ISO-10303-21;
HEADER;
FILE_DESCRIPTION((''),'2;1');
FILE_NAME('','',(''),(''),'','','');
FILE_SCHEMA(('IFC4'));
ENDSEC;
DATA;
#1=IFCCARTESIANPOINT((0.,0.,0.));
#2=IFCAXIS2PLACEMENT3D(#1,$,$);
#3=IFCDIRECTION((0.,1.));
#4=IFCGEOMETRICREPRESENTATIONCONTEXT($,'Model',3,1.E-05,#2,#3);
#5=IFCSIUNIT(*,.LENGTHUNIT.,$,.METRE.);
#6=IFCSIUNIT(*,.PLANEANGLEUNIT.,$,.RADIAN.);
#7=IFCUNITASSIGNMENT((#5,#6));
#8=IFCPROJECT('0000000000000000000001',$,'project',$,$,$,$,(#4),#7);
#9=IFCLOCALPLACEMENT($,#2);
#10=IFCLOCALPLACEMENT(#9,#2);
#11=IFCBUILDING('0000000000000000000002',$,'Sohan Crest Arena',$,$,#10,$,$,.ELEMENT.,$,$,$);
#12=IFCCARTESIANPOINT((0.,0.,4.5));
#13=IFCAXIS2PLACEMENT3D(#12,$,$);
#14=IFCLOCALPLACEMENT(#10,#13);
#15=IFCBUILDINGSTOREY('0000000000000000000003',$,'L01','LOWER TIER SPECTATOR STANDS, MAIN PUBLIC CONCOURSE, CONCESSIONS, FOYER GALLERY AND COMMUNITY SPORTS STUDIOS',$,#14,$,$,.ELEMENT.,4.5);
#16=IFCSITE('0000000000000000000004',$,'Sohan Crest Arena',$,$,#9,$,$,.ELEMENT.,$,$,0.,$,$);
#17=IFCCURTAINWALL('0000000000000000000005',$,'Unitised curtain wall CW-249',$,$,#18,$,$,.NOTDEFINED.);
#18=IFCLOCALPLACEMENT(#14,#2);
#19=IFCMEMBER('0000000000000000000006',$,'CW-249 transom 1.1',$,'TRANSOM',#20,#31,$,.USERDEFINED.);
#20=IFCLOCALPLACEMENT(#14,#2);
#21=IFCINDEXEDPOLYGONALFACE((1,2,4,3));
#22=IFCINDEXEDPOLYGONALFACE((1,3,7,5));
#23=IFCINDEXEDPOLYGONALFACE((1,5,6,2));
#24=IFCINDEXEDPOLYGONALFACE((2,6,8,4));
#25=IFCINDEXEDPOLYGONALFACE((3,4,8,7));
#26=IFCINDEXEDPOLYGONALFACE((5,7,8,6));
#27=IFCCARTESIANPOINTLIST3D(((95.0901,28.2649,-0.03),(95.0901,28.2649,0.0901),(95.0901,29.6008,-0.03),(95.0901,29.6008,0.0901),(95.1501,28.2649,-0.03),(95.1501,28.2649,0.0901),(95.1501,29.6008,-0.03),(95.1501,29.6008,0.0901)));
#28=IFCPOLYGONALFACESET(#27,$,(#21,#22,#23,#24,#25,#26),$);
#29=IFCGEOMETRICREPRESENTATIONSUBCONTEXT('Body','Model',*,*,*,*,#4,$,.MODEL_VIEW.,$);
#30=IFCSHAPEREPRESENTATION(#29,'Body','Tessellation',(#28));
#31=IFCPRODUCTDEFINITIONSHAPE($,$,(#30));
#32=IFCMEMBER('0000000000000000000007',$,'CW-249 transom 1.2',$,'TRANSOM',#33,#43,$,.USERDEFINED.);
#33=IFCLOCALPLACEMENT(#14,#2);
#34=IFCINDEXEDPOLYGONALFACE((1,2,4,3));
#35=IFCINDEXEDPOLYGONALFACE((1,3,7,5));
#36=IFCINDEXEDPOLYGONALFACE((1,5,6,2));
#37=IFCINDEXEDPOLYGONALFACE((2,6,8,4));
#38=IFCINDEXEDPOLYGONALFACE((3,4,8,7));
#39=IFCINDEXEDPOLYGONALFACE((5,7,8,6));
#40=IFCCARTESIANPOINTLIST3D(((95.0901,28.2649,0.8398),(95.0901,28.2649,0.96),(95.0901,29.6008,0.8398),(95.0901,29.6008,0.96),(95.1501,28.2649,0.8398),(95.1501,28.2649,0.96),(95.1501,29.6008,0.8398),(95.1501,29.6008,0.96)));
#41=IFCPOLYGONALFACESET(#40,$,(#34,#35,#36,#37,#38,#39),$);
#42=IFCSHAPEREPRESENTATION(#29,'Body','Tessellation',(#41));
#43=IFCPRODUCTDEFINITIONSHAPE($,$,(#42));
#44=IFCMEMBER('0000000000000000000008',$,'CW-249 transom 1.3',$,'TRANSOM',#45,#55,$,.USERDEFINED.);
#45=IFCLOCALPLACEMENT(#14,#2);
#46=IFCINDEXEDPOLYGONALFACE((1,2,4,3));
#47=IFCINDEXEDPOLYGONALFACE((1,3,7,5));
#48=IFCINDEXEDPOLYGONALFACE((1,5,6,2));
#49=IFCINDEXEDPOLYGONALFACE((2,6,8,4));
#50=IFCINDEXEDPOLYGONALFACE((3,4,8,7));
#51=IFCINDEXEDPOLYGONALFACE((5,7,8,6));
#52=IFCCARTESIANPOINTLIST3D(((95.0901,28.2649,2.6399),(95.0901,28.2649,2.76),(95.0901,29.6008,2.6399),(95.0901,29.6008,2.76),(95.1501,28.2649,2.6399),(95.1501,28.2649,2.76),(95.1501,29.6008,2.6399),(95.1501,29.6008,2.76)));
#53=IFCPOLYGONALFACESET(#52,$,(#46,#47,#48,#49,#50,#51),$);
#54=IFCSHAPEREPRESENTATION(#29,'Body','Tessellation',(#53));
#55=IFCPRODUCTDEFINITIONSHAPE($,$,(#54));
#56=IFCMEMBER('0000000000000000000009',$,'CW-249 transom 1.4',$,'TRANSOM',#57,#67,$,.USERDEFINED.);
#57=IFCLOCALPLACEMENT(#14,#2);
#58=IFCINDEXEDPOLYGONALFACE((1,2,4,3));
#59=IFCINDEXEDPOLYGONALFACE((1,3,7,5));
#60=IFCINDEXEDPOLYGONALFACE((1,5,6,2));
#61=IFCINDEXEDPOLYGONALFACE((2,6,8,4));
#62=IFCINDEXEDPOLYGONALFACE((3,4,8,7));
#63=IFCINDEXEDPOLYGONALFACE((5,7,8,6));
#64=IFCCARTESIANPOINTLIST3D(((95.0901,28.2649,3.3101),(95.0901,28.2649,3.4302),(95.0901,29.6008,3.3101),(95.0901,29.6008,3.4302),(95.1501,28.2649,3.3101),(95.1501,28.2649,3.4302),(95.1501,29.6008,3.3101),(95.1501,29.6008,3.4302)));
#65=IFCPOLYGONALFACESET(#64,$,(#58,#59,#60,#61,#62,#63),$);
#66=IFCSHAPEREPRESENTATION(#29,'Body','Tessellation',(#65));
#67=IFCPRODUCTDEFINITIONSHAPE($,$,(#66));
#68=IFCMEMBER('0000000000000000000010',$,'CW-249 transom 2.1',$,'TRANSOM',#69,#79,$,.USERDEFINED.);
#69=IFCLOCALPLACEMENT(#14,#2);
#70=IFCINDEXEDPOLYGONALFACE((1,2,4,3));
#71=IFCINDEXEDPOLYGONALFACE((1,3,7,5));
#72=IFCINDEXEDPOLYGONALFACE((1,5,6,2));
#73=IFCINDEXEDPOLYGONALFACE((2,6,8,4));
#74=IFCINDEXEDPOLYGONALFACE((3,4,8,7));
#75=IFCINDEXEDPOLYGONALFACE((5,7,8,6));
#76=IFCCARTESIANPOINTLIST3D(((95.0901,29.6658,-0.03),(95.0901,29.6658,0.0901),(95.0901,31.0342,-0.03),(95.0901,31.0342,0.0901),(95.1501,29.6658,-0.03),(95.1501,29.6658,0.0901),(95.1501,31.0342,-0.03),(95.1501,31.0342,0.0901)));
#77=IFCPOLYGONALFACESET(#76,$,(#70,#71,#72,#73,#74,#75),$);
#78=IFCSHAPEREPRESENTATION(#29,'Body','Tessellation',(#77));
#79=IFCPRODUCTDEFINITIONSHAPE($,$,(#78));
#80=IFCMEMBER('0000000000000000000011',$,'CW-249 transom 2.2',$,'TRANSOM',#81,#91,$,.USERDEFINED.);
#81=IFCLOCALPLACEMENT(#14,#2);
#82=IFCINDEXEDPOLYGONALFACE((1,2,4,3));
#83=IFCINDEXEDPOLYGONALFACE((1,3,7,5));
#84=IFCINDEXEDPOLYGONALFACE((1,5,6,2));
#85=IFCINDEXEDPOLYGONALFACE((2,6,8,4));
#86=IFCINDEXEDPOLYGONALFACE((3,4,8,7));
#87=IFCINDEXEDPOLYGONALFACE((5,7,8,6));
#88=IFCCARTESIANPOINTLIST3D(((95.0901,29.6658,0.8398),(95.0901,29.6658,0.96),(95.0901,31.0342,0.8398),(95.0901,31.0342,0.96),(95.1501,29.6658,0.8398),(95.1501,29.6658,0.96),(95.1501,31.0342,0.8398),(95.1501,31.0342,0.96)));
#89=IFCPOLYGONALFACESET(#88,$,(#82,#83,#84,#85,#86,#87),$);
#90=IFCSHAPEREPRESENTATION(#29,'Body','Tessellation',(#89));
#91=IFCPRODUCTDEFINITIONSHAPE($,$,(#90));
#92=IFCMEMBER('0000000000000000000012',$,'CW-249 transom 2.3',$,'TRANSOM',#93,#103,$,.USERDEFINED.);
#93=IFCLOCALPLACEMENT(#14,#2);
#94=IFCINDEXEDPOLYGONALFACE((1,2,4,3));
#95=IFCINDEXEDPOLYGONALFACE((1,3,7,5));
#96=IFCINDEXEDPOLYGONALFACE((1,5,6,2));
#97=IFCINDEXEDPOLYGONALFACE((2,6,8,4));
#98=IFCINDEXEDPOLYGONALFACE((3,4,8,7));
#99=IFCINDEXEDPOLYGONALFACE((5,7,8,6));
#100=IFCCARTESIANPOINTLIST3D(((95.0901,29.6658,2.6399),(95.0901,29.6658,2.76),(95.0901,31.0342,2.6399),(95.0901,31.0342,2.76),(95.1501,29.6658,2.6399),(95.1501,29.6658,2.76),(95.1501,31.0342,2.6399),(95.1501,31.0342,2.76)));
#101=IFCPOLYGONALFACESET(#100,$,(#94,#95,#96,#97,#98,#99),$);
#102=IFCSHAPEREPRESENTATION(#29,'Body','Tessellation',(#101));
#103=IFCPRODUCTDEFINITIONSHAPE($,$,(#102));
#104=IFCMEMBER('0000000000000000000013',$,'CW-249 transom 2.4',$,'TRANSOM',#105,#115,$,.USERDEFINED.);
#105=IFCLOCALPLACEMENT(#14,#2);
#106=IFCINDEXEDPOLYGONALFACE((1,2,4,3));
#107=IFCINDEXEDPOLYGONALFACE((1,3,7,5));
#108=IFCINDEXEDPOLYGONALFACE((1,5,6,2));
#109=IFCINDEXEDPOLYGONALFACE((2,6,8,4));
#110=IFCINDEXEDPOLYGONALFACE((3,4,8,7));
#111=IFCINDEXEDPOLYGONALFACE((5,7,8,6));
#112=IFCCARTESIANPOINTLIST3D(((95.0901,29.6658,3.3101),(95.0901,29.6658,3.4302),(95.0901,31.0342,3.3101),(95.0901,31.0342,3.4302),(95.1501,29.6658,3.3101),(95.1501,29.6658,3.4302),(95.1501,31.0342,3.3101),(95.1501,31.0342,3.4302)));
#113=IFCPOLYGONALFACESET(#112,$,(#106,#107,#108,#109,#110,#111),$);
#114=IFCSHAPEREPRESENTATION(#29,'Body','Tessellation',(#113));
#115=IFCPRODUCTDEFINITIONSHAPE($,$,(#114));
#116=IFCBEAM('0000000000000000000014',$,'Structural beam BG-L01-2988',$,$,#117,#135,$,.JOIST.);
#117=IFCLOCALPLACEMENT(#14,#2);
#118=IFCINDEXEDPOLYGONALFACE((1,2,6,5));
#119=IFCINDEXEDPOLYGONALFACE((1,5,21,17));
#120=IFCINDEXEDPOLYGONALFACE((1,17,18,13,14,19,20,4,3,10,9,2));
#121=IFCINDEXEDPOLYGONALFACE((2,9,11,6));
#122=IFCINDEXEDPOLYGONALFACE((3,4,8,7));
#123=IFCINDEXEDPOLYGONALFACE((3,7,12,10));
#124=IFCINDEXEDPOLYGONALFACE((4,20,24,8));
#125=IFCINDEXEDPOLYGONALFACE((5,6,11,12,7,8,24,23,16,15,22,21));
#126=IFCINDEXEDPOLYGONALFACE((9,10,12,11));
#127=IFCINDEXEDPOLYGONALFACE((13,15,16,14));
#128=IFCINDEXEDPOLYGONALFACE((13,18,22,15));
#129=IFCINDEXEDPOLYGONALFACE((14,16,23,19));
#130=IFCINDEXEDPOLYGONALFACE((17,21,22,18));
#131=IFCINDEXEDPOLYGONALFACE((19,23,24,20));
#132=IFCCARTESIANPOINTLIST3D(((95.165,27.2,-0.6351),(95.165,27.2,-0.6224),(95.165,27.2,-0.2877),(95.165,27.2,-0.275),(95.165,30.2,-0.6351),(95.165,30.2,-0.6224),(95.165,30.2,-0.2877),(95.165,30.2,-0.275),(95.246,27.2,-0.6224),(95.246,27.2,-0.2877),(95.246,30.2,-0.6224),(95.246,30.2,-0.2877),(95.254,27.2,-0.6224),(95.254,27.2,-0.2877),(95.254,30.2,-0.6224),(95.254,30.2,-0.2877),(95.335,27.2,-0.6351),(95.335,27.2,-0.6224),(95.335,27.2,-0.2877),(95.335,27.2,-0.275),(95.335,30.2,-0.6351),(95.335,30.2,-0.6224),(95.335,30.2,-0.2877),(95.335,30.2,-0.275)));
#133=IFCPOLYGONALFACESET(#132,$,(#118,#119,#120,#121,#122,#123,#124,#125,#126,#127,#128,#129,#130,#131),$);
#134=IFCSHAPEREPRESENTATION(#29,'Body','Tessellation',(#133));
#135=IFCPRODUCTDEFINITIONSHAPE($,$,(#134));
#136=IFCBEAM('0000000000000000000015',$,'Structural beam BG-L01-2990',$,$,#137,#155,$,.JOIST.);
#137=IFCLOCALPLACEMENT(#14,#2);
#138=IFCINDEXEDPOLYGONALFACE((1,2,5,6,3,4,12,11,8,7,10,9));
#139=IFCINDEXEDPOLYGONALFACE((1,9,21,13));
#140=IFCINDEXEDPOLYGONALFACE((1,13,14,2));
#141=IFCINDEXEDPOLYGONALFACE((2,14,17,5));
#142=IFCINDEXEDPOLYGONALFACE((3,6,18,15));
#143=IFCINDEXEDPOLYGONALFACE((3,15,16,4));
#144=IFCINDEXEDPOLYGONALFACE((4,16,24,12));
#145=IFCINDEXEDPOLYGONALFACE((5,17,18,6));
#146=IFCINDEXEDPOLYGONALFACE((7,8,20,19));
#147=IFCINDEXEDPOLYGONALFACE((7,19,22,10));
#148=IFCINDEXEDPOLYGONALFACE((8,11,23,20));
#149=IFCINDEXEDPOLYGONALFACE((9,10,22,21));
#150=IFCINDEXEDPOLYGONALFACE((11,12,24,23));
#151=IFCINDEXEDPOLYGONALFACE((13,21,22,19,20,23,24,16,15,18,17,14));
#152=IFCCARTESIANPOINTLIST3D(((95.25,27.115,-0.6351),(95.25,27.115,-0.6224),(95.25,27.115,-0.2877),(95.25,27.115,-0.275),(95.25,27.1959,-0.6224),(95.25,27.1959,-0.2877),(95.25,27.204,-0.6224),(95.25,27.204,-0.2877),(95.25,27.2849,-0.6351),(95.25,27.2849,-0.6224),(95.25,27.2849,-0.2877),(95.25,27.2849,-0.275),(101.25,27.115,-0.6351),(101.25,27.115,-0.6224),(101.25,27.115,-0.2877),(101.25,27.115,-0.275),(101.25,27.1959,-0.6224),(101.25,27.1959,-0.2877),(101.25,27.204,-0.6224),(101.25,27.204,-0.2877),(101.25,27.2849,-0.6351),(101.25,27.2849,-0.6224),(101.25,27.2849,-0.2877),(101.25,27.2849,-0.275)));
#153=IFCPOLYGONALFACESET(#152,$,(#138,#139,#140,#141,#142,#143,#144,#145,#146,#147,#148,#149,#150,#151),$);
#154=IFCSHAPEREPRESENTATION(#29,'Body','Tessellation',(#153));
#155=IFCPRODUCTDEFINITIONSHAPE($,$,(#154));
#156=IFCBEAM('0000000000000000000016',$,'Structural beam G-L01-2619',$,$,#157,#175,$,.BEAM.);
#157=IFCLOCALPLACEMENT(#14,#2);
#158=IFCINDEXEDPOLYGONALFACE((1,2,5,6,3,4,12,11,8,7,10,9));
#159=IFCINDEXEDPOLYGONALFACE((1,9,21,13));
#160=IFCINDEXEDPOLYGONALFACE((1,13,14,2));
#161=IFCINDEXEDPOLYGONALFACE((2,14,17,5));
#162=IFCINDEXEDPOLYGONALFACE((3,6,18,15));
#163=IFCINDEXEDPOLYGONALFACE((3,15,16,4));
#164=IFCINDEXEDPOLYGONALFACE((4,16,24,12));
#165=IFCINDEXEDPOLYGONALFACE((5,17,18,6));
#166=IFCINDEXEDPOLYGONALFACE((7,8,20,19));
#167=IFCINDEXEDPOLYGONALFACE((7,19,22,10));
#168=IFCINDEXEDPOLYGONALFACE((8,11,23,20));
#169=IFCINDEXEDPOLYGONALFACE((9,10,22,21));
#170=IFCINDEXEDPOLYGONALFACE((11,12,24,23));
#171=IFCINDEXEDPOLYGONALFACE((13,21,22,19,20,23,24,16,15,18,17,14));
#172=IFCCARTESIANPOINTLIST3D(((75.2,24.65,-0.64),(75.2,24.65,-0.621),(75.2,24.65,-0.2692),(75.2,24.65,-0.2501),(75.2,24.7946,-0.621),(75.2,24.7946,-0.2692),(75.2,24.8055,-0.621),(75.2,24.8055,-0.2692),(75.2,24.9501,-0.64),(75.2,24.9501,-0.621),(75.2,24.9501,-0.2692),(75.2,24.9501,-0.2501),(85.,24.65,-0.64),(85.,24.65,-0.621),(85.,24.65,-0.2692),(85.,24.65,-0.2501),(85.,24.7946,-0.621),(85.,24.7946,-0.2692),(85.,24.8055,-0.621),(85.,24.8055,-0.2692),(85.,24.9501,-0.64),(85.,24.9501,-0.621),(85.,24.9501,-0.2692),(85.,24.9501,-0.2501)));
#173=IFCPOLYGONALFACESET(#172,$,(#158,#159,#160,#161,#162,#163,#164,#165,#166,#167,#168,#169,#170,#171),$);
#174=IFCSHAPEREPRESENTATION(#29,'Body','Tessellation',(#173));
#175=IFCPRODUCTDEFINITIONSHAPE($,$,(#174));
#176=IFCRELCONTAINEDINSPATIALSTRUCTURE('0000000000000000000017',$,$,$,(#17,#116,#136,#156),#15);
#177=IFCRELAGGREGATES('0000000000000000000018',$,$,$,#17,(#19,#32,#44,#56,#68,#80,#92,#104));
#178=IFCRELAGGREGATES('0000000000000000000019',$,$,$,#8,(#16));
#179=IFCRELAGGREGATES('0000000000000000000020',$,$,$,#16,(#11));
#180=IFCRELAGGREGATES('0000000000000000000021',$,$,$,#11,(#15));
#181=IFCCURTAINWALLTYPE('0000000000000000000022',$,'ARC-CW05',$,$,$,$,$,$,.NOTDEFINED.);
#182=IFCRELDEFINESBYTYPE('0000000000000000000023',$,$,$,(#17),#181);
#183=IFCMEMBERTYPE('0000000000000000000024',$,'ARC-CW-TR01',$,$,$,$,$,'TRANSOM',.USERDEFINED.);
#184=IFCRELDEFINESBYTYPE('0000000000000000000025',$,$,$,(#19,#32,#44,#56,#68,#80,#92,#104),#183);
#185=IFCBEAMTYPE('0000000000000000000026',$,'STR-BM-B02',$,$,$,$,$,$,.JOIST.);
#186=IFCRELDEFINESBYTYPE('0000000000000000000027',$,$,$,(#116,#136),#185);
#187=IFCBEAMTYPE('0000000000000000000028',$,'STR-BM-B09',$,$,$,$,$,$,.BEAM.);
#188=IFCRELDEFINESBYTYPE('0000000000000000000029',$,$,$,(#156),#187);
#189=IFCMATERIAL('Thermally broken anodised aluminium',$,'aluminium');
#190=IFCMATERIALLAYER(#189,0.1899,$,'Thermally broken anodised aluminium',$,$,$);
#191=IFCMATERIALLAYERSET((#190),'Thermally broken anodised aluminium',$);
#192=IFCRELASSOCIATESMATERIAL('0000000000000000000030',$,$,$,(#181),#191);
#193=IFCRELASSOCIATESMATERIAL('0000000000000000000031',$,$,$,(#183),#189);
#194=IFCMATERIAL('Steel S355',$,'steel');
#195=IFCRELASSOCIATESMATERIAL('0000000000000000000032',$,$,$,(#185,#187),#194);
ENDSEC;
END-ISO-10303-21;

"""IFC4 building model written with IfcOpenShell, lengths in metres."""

from ifc_helpers import new_model, si_unit, direction, frame, origin, origin_2d, place, context, subcontext, project, spatial, rectangle, i_section, extrude, material, layer, layer_set, material_profile, profile_set, type_object, element, aggregate, save


model = new_model("IFC4")

# Units and contexts
model_context = context("Model", 3, precision=1e-05, world=origin(), true_north=direction((0.0, 1.0)))
body_context = subcontext(model_context, "Body", "Model", "MODEL_VIEW")
ifc_project = project(units=[si_unit("LENGTHUNIT", "METRE"), si_unit("PLANEANGLEUNIT", "RADIAN")], contexts=[model_context])

# Site, building, storey
site_placement = place(None, origin())
site = spatial("IfcSite", under=ifc_project, at=site_placement, Name="Sohan Crest Arena", CompositionType="ELEMENT", RefElevation=0.0)
building_placement = place(site_placement, origin())
building = spatial("IfcBuilding", under=site, at=building_placement, Name="Sohan Crest Arena", CompositionType="ELEMENT")
storey_placement = place(building_placement, frame((0.0, 0.0, 4.5)))
storey = spatial("IfcBuildingStorey", under=building, at=storey_placement, Name="L01", Description="LOWER TIER SPECTATOR STANDS, MAIN PUBLIC CONCOURSE, CONCESSIONS, FOYER GALLERY AND COMMUNITY SPORTS STUDIOS", CompositionType="ELEMENT", Elevation=4.5)

# Shared definitions
ifc_material_1 = material(Name="Steel S355", Category="steel")

# Curtain wall
ifc_material_2 = material(Name="Thermally broken anodised aluminium", Category="aluminium")
ifc_layer_1 = layer(ifc_material_2, 0.1899, Name="Thermally broken anodised aluminium")
ifc_layer_set_1 = layer_set([ifc_layer_1], Name="Thermally broken anodised aluminium")
curtain_wall_type_1 = type_object("IfcCurtainWallType", Name="ARC-CW05", PredefinedType="NOTDEFINED", material=ifc_layer_set_1)
curtain_wall_1_placement = place(storey_placement, origin())
curtain_wall_1 = element("IfcCurtainWall", 1, at=curtain_wall_1_placement, inside=storey, type_object=curtain_wall_type_1, Name="Unitised curtain wall CW-249", PredefinedType="NOTDEFINED")

# Members
ifc_material_profile_1 = material_profile(ifc_material_2, rectangle(XDim=0.0601, YDim=0.1201, at=origin_2d()), Name="ALU-TRAN 60x120")
ifc_profile_set_1 = profile_set([ifc_material_profile_1], Name="Thermally broken anodised aluminium")
member_type_1 = type_object("IfcMemberType", Name="ARC-CW-TR01", ElementType="TRANSOM", PredefinedType="USERDEFINED", material=ifc_profile_set_1)
member_1_placement = place(storey_placement, frame((95.1201, 28.2649, 0.03), z_axis=(0.0, 1.0, 0.0), x_axis=(-1.0, 0.0, 0.0)))
member_1 = element("IfcMember", 2, at=member_1_placement, type_object=member_type_1, Name="CW-249 transom 1.1", ObjectType="TRANSOM", PredefinedType="USERDEFINED", context=body_context, shape_type="SweptSolid", body=[
    extrude(rectangle(XDim=0.0601, YDim=0.1201, at=origin_2d()), origin(), (0.0, 0.0, 1.0), 1.3359),
])
member_2_placement = place(storey_placement, frame((95.1201, 28.2649, 0.8999), z_axis=(0.0, 1.0, 0.0), x_axis=(-1.0, 0.0, 0.0)))
member_2 = element("IfcMember", 3, at=member_2_placement, type_object=member_type_1, Name="CW-249 transom 1.2", ObjectType="TRANSOM", PredefinedType="USERDEFINED", context=body_context, shape_type="SweptSolid", body=[
    extrude(rectangle(XDim=0.0601, YDim=0.1201, at=origin_2d()), origin(), (0.0, 0.0, 1.0), 1.3359),
])
member_3_placement = place(storey_placement, frame((95.1201, 28.2649, 2.7), z_axis=(0.0, 1.0, 0.0), x_axis=(-1.0, 0.0, 0.0)))
member_3 = element("IfcMember", 4, at=member_3_placement, type_object=member_type_1, Name="CW-249 transom 1.3", ObjectType="TRANSOM", PredefinedType="USERDEFINED", context=body_context, shape_type="SweptSolid", body=[
    extrude(rectangle(XDim=0.0601, YDim=0.1201, at=origin_2d()), origin(), (0.0, 0.0, 1.0), 1.3359),
])
member_4_placement = place(storey_placement, frame((95.1201, 28.2649, 3.3701), z_axis=(0.0, 1.0, 0.0), x_axis=(-1.0, 0.0, 0.0)))
member_4 = element("IfcMember", 5, at=member_4_placement, type_object=member_type_1, Name="CW-249 transom 1.4", ObjectType="TRANSOM", PredefinedType="USERDEFINED", context=body_context, shape_type="SweptSolid", body=[
    extrude(rectangle(XDim=0.0601, YDim=0.1201, at=origin_2d()), origin(), (0.0, 0.0, 1.0), 1.3359),
])
member_5_placement = place(storey_placement, frame((95.1201, 29.6658, 0.03), z_axis=(0.0, 1.0, 0.0), x_axis=(-1.0, 0.0, 0.0)))
member_5 = element("IfcMember", 6, at=member_5_placement, type_object=member_type_1, Name="CW-249 transom 2.1", ObjectType="TRANSOM", PredefinedType="USERDEFINED", context=body_context, shape_type="SweptSolid", body=[
    extrude(rectangle(XDim=0.0601, YDim=0.1201, at=origin_2d()), origin(), (0.0, 0.0, 1.0), 1.3684),
])
member_6_placement = place(storey_placement, frame((95.1201, 29.6658, 0.8999), z_axis=(0.0, 1.0, 0.0), x_axis=(-1.0, 0.0, 0.0)))
member_6 = element("IfcMember", 7, at=member_6_placement, type_object=member_type_1, Name="CW-249 transom 2.2", ObjectType="TRANSOM", PredefinedType="USERDEFINED", context=body_context, shape_type="SweptSolid", body=[
    extrude(rectangle(XDim=0.0601, YDim=0.1201, at=origin_2d()), origin(), (0.0, 0.0, 1.0), 1.3684),
])
member_7_placement = place(storey_placement, frame((95.1201, 29.6658, 2.7), z_axis=(0.0, 1.0, 0.0), x_axis=(-1.0, 0.0, 0.0)))
member_7 = element("IfcMember", 8, at=member_7_placement, type_object=member_type_1, Name="CW-249 transom 2.3", ObjectType="TRANSOM", PredefinedType="USERDEFINED", context=body_context, shape_type="SweptSolid", body=[
    extrude(rectangle(XDim=0.0601, YDim=0.1201, at=origin_2d()), origin(), (0.0, 0.0, 1.0), 1.3684),
])
member_8_placement = place(storey_placement, frame((95.1201, 29.6658, 3.3701), z_axis=(0.0, 1.0, 0.0), x_axis=(-1.0, 0.0, 0.0)))
member_8 = element("IfcMember", 9, at=member_8_placement, type_object=member_type_1, Name="CW-249 transom 2.4", ObjectType="TRANSOM", PredefinedType="USERDEFINED", context=body_context, shape_type="SweptSolid", body=[
    extrude(rectangle(XDim=0.0601, YDim=0.1201, at=origin_2d()), origin(), (0.0, 0.0, 1.0), 1.3684),
])

# Beams
ifc_material_profile_2 = material_profile(ifc_material_1, i_section(OverallWidth=0.1699, OverallDepth=0.3601, WebThickness=0.0081, FlangeThickness=0.0127, at=origin_2d()), Name="IPE 360")
ifc_profile_set_2 = profile_set([ifc_material_profile_2], Name="Steel S355")
beam_type_1 = type_object("IfcBeamType", Name="STR-BM-B02", PredefinedType="JOIST", material=ifc_profile_set_2)
beam_1_placement = place(storey_placement, frame((95.25, 27.2, -0.4551), z_axis=(0.0, 1.0, 0.0), x_axis=(-1.0, 0.0, 0.0)))
element("IfcBeam", 10, at=beam_1_placement, inside=storey, type_object=beam_type_1, Name="Structural beam BG-L01-2988", PredefinedType="JOIST", context=body_context, shape_type="SweptSolid", body=[
    extrude(i_section(OverallWidth=0.1699, OverallDepth=0.3601, WebThickness=0.0081, FlangeThickness=0.0127, at=origin_2d()), origin(), (0.0, 0.0, 1.0), 3.0),
])
beam_2_placement = place(storey_placement, frame((95.25, 27.2, -0.4551), z_axis=(1.0, 0.0, 0.0), x_axis=(0.0, 1.0, 0.0)))
element("IfcBeam", 11, at=beam_2_placement, inside=storey, type_object=beam_type_1, Name="Structural beam BG-L01-2990", PredefinedType="JOIST", context=body_context, shape_type="SweptSolid", body=[
    extrude(i_section(OverallWidth=0.1699, OverallDepth=0.3601, WebThickness=0.0081, FlangeThickness=0.0127, at=origin_2d()), origin(), (0.0, 0.0, 1.0), 6.0),
])
ifc_material_profile_3 = material_profile(ifc_material_1, i_section(OverallWidth=0.3, OverallDepth=0.3899, WebThickness=0.011, FlangeThickness=0.019, at=origin_2d()), Name="HEA 400")
ifc_profile_set_3 = profile_set([ifc_material_profile_3], Name="Steel S355")
beam_type_2 = type_object("IfcBeamType", Name="STR-BM-B09", PredefinedType="BEAM", material=ifc_profile_set_3)
beam_3_placement = place(storey_placement, frame((75.2, 24.8, -0.4451), z_axis=(1.0, 0.0, 0.0), x_axis=(0.0, 1.0, 0.0)))
element("IfcBeam", 12, at=beam_3_placement, inside=storey, type_object=beam_type_2, Name="Structural beam G-L01-2619", PredefinedType="BEAM", context=body_context, shape_type="SweptSolid", body=[
    extrude(i_section(OverallWidth=0.3, OverallDepth=0.3899, WebThickness=0.011, FlangeThickness=0.019, at=origin_2d()), origin(), (0.0, 0.0, 1.0), 9.8),
])

aggregate(curtain_wall_1, [member_1, member_2, member_3, member_4, member_5, member_6, member_7, member_8])

save(model, "model.ifc")
